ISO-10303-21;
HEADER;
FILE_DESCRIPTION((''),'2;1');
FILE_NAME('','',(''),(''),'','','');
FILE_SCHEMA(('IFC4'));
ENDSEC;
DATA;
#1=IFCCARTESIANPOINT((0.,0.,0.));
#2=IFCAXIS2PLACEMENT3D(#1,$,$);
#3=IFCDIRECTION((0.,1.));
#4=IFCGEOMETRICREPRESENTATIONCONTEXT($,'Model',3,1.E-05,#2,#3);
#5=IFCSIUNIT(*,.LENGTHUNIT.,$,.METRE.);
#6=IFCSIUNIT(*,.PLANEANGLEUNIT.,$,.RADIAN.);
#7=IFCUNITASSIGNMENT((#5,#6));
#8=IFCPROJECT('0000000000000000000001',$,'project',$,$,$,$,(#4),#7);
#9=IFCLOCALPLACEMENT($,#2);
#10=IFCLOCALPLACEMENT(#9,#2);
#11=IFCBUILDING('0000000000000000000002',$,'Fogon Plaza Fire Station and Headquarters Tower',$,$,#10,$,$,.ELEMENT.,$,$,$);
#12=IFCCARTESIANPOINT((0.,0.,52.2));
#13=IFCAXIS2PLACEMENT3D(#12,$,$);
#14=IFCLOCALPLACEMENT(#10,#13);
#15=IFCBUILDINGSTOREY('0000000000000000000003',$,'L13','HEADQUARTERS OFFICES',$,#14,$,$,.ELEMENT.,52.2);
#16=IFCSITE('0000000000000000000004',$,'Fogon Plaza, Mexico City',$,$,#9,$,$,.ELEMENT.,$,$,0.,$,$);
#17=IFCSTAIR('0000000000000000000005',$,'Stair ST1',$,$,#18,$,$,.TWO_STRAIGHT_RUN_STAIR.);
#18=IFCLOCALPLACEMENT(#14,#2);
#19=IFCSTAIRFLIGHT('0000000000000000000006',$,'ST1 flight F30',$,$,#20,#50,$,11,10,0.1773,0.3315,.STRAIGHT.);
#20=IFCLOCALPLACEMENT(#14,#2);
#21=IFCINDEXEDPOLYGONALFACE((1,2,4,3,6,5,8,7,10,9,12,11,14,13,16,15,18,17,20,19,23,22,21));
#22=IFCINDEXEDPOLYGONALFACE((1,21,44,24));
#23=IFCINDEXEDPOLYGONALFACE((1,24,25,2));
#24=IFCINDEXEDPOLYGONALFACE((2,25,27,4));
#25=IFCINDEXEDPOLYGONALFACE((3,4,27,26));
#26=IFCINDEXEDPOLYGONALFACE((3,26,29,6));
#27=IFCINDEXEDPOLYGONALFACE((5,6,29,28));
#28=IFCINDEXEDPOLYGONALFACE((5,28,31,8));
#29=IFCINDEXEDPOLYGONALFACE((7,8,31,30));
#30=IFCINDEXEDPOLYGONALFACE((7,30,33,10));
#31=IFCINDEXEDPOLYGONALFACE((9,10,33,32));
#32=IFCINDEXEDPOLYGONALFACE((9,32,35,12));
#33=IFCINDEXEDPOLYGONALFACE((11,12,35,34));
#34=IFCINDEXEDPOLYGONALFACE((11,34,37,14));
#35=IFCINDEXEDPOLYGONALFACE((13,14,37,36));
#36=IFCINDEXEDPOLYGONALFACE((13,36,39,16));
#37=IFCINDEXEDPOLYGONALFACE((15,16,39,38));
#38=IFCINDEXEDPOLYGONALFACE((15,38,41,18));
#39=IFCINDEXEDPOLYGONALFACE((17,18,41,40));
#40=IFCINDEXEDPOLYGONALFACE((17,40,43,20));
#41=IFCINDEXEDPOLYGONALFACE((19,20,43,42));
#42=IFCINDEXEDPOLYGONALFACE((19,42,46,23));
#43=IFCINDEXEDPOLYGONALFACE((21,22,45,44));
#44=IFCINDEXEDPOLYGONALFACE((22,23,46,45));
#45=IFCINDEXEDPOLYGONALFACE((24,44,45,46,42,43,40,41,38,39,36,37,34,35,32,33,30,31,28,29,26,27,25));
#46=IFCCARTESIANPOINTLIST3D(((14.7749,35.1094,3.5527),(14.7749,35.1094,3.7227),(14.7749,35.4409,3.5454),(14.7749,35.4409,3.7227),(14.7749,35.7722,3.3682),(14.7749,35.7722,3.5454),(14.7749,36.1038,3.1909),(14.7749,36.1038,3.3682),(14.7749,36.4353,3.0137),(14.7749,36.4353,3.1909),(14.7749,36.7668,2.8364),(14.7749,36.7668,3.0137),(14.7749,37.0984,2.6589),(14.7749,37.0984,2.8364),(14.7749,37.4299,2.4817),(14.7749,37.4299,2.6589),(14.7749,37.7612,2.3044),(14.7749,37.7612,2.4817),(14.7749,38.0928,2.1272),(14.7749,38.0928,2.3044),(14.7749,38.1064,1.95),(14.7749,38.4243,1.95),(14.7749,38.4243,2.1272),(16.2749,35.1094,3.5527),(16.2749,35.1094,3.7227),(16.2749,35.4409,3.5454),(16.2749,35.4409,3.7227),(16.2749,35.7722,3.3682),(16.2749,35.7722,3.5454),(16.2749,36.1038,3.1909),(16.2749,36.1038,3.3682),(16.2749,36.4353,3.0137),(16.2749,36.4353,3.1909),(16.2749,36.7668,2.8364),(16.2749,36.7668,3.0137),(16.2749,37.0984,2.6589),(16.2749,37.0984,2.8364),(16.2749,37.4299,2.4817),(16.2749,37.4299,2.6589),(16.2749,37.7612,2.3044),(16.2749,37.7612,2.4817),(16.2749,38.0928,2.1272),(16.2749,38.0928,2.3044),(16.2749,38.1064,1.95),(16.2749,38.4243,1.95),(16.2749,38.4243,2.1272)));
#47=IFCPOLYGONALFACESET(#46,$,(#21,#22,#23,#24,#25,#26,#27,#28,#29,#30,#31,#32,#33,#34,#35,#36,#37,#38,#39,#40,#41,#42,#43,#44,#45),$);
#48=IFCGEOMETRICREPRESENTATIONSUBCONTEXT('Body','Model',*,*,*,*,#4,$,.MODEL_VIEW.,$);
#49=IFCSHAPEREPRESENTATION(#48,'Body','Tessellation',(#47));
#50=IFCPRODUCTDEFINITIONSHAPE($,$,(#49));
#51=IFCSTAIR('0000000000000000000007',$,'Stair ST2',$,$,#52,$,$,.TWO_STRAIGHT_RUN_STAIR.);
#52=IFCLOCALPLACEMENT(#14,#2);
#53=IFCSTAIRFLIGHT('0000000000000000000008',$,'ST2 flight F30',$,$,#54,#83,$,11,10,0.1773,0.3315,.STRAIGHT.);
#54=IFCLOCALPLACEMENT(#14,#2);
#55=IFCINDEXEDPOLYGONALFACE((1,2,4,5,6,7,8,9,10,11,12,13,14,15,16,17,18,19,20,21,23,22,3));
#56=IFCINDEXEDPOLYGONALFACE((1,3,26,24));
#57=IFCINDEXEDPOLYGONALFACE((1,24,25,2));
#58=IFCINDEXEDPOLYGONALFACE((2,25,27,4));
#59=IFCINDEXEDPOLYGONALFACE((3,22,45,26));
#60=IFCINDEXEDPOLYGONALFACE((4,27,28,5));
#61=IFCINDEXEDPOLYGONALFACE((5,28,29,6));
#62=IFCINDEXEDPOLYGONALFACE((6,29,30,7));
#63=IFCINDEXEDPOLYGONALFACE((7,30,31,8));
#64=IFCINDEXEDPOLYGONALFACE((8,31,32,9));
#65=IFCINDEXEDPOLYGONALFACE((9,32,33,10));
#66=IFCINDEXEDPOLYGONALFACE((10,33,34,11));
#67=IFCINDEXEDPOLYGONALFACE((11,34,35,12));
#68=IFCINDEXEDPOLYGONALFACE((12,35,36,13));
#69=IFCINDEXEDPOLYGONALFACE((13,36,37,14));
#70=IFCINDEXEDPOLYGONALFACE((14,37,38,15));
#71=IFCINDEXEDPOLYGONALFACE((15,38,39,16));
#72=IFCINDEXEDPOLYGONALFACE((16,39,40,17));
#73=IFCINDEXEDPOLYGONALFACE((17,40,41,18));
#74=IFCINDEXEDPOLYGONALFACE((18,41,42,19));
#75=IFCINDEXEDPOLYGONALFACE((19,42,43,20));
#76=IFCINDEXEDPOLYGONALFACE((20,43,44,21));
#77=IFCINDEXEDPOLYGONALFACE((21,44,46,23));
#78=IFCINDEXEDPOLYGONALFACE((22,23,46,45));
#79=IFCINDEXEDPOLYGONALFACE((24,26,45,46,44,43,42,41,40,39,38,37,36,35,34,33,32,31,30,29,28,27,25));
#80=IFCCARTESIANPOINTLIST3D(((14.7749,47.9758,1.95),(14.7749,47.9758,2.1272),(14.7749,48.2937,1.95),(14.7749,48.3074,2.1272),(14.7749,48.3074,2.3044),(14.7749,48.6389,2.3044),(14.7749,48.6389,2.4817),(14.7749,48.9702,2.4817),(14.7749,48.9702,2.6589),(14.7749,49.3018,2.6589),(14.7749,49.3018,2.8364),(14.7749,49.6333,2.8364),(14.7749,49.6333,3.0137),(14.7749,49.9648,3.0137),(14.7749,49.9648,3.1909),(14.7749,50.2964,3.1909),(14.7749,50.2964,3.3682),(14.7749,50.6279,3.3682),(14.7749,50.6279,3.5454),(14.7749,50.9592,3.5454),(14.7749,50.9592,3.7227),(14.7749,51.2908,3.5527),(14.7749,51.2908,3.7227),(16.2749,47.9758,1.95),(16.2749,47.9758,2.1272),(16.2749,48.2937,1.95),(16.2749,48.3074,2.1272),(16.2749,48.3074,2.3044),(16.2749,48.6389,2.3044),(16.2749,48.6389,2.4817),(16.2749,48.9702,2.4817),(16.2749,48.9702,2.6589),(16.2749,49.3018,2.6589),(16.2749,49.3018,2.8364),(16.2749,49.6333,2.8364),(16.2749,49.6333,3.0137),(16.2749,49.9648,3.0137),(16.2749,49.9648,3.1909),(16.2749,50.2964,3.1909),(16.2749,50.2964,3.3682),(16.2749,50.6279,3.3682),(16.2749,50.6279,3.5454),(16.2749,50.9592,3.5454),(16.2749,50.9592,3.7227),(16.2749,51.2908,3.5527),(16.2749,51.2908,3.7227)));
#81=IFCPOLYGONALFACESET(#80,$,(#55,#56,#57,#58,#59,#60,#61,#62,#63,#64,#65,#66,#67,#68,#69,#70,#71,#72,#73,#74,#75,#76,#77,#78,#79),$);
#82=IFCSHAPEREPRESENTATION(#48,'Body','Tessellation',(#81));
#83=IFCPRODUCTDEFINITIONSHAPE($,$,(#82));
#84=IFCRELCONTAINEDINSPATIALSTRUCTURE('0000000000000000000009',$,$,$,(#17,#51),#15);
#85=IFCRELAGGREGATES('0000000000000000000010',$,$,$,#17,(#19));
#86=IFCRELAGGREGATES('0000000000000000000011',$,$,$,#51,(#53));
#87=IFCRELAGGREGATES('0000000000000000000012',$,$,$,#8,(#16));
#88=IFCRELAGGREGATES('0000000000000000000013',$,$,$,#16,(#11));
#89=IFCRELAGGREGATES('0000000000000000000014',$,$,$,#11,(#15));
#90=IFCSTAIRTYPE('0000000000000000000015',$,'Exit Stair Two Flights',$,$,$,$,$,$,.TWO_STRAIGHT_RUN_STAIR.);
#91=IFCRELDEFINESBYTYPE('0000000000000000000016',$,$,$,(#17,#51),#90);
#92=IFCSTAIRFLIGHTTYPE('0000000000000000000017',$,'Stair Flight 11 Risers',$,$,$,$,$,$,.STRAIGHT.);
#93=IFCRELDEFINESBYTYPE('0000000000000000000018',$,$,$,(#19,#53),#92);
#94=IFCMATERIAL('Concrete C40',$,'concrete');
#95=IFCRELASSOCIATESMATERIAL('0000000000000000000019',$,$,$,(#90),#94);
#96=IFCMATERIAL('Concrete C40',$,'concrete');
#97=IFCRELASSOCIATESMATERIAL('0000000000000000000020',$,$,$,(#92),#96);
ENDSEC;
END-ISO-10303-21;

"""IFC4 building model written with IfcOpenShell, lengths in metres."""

from ifc_helpers import new_model, si_unit, direction, frame, origin, place, context, subcontext, project, spatial, polyline, outline, extrude, material, type_object, element, aggregate, save


model = new_model("IFC4")

# Units and contexts
model_context = context("Model", 3, precision=1e-05, world=origin(), true_north=direction((0.0, 1.0)))
body_context = subcontext(model_context, "Body", "Model", "MODEL_VIEW")
ifc_project = project(units=[si_unit("LENGTHUNIT", "METRE"), si_unit("PLANEANGLEUNIT", "RADIAN")], contexts=[model_context])

# Site, building, storey
site_placement = place(None, origin())
site = spatial("IfcSite", under=ifc_project, at=site_placement, Name="Fogon Plaza, Mexico City", CompositionType="ELEMENT", RefElevation=0.0)
building_placement = place(site_placement, origin())
building = spatial("IfcBuilding", under=site, at=building_placement, Name="Fogon Plaza Fire Station and Headquarters Tower", CompositionType="ELEMENT")
storey_placement = place(building_placement, frame((0.0, 0.0, 52.2)))
storey = spatial("IfcBuildingStorey", under=building, at=storey_placement, Name="L13", Description="HEADQUARTERS OFFICES", CompositionType="ELEMENT", Elevation=52.2)

# Stairs, stair flights
ifc_material_1 = material(Name="Concrete C40", Category="concrete")
stair_type = type_object("IfcStairType", Name="Exit Stair Two Flights", PredefinedType="TWO_STRAIGHT_RUN_STAIR", material=ifc_material_1)
stair_1_placement = place(storey_placement, origin())
stair_1 = element("IfcStair", 1, at=stair_1_placement, inside=storey, type_object=stair_type, Name="Stair ST1", PredefinedType="TWO_STRAIGHT_RUN_STAIR")
ifc_material_2 = material(Name="Concrete C40", Category="concrete")
stair_flight_type = type_object("IfcStairFlightType", Name="Stair Flight 11 Risers", PredefinedType="STRAIGHT", material=ifc_material_2)
stair_flight_1_placement = place(storey_placement, frame((15.5249, 38.4243, 1.95), z_axis=(0.0, 0.0, 1.0), x_axis=(0.0, -1.0, 0.0)))
stair_flight_1 = element("IfcStairFlight", 2, at=stair_flight_1_placement, type_object=stair_flight_type, Name="ST1 flight F30", NumberOfRisers=11, NumberOfTreads=10, PredefinedType="STRAIGHT", RiserHeight=0.1773, TreadLength=0.3315, context=body_context, shape_type="SweptSolid", body=[
    extrude(outline(polyline([(0.0, 0.0), (0.0, 0.1772), (0.3315, 0.1772), (0.3315, 0.3545), (0.6631, 0.3545), (0.6631, 0.5317), (0.9944, 0.5317), (0.9944, 0.709), (1.3259, 0.709), (1.3259, 0.8865), (1.6575, 0.8865), (1.6575, 1.0637), (1.989, 1.0637), (1.989, 1.241), (2.3206, 1.241), (2.3206, 1.4182), (2.6521, 1.4182), (2.6521, 1.5955), (2.9834, 1.5955), (2.9834, 1.7727), (3.3149, 1.7727), (3.3149, 1.95), (3.3149, 1.6028), (0.3179, 0.0), (0.0, 0.0)])), frame((0.0, 0.75, 0.0), z_axis=(0.0, -1.0, 0.0), x_axis=(1.0, 0.0, 0.0)), (0.0, 0.0, 1.0), 1.5),
])
aggregate(stair_1, [stair_flight_1])
stair_2_placement = place(storey_placement, origin())
stair_2 = element("IfcStair", 3, at=stair_2_placement, inside=storey, type_object=stair_type, Name="Stair ST2", PredefinedType="TWO_STRAIGHT_RUN_STAIR")
stair_flight_2_placement = place(storey_placement, frame((15.5249, 47.9758, 1.95), z_axis=(0.0, 0.0, 1.0), x_axis=(0.0, 1.0, 0.0)))
stair_flight_2 = element("IfcStairFlight", 4, at=stair_flight_2_placement, type_object=stair_flight_type, Name="ST2 flight F30", NumberOfRisers=11, NumberOfTreads=10, PredefinedType="STRAIGHT", RiserHeight=0.1773, TreadLength=0.3315, context=body_context, shape_type="SweptSolid", body=[
    extrude(outline(polyline([(0.0, 0.0), (0.0, 0.1772), (0.3315, 0.1772), (0.3315, 0.3545), (0.6631, 0.3545), (0.6631, 0.5317), (0.9944, 0.5317), (0.9944, 0.709), (1.3259, 0.709), (1.3259, 0.8865), (1.6575, 0.8865), (1.6575, 1.0637), (1.989, 1.0637), (1.989, 1.241), (2.3206, 1.241), (2.3206, 1.4182), (2.6521, 1.4182), (2.6521, 1.5955), (2.9834, 1.5955), (2.9834, 1.7727), (3.3149, 1.7727), (3.3149, 1.95), (3.3149, 1.6028), (0.3179, 0.0), (0.0, 0.0)])), frame((0.0, 0.75, 0.0), z_axis=(0.0, -1.0, 0.0), x_axis=(1.0, 0.0, 0.0)), (0.0, 0.0, 1.0), 1.5),
])
aggregate(stair_2, [stair_flight_2])

save(model, "model.ifc")
